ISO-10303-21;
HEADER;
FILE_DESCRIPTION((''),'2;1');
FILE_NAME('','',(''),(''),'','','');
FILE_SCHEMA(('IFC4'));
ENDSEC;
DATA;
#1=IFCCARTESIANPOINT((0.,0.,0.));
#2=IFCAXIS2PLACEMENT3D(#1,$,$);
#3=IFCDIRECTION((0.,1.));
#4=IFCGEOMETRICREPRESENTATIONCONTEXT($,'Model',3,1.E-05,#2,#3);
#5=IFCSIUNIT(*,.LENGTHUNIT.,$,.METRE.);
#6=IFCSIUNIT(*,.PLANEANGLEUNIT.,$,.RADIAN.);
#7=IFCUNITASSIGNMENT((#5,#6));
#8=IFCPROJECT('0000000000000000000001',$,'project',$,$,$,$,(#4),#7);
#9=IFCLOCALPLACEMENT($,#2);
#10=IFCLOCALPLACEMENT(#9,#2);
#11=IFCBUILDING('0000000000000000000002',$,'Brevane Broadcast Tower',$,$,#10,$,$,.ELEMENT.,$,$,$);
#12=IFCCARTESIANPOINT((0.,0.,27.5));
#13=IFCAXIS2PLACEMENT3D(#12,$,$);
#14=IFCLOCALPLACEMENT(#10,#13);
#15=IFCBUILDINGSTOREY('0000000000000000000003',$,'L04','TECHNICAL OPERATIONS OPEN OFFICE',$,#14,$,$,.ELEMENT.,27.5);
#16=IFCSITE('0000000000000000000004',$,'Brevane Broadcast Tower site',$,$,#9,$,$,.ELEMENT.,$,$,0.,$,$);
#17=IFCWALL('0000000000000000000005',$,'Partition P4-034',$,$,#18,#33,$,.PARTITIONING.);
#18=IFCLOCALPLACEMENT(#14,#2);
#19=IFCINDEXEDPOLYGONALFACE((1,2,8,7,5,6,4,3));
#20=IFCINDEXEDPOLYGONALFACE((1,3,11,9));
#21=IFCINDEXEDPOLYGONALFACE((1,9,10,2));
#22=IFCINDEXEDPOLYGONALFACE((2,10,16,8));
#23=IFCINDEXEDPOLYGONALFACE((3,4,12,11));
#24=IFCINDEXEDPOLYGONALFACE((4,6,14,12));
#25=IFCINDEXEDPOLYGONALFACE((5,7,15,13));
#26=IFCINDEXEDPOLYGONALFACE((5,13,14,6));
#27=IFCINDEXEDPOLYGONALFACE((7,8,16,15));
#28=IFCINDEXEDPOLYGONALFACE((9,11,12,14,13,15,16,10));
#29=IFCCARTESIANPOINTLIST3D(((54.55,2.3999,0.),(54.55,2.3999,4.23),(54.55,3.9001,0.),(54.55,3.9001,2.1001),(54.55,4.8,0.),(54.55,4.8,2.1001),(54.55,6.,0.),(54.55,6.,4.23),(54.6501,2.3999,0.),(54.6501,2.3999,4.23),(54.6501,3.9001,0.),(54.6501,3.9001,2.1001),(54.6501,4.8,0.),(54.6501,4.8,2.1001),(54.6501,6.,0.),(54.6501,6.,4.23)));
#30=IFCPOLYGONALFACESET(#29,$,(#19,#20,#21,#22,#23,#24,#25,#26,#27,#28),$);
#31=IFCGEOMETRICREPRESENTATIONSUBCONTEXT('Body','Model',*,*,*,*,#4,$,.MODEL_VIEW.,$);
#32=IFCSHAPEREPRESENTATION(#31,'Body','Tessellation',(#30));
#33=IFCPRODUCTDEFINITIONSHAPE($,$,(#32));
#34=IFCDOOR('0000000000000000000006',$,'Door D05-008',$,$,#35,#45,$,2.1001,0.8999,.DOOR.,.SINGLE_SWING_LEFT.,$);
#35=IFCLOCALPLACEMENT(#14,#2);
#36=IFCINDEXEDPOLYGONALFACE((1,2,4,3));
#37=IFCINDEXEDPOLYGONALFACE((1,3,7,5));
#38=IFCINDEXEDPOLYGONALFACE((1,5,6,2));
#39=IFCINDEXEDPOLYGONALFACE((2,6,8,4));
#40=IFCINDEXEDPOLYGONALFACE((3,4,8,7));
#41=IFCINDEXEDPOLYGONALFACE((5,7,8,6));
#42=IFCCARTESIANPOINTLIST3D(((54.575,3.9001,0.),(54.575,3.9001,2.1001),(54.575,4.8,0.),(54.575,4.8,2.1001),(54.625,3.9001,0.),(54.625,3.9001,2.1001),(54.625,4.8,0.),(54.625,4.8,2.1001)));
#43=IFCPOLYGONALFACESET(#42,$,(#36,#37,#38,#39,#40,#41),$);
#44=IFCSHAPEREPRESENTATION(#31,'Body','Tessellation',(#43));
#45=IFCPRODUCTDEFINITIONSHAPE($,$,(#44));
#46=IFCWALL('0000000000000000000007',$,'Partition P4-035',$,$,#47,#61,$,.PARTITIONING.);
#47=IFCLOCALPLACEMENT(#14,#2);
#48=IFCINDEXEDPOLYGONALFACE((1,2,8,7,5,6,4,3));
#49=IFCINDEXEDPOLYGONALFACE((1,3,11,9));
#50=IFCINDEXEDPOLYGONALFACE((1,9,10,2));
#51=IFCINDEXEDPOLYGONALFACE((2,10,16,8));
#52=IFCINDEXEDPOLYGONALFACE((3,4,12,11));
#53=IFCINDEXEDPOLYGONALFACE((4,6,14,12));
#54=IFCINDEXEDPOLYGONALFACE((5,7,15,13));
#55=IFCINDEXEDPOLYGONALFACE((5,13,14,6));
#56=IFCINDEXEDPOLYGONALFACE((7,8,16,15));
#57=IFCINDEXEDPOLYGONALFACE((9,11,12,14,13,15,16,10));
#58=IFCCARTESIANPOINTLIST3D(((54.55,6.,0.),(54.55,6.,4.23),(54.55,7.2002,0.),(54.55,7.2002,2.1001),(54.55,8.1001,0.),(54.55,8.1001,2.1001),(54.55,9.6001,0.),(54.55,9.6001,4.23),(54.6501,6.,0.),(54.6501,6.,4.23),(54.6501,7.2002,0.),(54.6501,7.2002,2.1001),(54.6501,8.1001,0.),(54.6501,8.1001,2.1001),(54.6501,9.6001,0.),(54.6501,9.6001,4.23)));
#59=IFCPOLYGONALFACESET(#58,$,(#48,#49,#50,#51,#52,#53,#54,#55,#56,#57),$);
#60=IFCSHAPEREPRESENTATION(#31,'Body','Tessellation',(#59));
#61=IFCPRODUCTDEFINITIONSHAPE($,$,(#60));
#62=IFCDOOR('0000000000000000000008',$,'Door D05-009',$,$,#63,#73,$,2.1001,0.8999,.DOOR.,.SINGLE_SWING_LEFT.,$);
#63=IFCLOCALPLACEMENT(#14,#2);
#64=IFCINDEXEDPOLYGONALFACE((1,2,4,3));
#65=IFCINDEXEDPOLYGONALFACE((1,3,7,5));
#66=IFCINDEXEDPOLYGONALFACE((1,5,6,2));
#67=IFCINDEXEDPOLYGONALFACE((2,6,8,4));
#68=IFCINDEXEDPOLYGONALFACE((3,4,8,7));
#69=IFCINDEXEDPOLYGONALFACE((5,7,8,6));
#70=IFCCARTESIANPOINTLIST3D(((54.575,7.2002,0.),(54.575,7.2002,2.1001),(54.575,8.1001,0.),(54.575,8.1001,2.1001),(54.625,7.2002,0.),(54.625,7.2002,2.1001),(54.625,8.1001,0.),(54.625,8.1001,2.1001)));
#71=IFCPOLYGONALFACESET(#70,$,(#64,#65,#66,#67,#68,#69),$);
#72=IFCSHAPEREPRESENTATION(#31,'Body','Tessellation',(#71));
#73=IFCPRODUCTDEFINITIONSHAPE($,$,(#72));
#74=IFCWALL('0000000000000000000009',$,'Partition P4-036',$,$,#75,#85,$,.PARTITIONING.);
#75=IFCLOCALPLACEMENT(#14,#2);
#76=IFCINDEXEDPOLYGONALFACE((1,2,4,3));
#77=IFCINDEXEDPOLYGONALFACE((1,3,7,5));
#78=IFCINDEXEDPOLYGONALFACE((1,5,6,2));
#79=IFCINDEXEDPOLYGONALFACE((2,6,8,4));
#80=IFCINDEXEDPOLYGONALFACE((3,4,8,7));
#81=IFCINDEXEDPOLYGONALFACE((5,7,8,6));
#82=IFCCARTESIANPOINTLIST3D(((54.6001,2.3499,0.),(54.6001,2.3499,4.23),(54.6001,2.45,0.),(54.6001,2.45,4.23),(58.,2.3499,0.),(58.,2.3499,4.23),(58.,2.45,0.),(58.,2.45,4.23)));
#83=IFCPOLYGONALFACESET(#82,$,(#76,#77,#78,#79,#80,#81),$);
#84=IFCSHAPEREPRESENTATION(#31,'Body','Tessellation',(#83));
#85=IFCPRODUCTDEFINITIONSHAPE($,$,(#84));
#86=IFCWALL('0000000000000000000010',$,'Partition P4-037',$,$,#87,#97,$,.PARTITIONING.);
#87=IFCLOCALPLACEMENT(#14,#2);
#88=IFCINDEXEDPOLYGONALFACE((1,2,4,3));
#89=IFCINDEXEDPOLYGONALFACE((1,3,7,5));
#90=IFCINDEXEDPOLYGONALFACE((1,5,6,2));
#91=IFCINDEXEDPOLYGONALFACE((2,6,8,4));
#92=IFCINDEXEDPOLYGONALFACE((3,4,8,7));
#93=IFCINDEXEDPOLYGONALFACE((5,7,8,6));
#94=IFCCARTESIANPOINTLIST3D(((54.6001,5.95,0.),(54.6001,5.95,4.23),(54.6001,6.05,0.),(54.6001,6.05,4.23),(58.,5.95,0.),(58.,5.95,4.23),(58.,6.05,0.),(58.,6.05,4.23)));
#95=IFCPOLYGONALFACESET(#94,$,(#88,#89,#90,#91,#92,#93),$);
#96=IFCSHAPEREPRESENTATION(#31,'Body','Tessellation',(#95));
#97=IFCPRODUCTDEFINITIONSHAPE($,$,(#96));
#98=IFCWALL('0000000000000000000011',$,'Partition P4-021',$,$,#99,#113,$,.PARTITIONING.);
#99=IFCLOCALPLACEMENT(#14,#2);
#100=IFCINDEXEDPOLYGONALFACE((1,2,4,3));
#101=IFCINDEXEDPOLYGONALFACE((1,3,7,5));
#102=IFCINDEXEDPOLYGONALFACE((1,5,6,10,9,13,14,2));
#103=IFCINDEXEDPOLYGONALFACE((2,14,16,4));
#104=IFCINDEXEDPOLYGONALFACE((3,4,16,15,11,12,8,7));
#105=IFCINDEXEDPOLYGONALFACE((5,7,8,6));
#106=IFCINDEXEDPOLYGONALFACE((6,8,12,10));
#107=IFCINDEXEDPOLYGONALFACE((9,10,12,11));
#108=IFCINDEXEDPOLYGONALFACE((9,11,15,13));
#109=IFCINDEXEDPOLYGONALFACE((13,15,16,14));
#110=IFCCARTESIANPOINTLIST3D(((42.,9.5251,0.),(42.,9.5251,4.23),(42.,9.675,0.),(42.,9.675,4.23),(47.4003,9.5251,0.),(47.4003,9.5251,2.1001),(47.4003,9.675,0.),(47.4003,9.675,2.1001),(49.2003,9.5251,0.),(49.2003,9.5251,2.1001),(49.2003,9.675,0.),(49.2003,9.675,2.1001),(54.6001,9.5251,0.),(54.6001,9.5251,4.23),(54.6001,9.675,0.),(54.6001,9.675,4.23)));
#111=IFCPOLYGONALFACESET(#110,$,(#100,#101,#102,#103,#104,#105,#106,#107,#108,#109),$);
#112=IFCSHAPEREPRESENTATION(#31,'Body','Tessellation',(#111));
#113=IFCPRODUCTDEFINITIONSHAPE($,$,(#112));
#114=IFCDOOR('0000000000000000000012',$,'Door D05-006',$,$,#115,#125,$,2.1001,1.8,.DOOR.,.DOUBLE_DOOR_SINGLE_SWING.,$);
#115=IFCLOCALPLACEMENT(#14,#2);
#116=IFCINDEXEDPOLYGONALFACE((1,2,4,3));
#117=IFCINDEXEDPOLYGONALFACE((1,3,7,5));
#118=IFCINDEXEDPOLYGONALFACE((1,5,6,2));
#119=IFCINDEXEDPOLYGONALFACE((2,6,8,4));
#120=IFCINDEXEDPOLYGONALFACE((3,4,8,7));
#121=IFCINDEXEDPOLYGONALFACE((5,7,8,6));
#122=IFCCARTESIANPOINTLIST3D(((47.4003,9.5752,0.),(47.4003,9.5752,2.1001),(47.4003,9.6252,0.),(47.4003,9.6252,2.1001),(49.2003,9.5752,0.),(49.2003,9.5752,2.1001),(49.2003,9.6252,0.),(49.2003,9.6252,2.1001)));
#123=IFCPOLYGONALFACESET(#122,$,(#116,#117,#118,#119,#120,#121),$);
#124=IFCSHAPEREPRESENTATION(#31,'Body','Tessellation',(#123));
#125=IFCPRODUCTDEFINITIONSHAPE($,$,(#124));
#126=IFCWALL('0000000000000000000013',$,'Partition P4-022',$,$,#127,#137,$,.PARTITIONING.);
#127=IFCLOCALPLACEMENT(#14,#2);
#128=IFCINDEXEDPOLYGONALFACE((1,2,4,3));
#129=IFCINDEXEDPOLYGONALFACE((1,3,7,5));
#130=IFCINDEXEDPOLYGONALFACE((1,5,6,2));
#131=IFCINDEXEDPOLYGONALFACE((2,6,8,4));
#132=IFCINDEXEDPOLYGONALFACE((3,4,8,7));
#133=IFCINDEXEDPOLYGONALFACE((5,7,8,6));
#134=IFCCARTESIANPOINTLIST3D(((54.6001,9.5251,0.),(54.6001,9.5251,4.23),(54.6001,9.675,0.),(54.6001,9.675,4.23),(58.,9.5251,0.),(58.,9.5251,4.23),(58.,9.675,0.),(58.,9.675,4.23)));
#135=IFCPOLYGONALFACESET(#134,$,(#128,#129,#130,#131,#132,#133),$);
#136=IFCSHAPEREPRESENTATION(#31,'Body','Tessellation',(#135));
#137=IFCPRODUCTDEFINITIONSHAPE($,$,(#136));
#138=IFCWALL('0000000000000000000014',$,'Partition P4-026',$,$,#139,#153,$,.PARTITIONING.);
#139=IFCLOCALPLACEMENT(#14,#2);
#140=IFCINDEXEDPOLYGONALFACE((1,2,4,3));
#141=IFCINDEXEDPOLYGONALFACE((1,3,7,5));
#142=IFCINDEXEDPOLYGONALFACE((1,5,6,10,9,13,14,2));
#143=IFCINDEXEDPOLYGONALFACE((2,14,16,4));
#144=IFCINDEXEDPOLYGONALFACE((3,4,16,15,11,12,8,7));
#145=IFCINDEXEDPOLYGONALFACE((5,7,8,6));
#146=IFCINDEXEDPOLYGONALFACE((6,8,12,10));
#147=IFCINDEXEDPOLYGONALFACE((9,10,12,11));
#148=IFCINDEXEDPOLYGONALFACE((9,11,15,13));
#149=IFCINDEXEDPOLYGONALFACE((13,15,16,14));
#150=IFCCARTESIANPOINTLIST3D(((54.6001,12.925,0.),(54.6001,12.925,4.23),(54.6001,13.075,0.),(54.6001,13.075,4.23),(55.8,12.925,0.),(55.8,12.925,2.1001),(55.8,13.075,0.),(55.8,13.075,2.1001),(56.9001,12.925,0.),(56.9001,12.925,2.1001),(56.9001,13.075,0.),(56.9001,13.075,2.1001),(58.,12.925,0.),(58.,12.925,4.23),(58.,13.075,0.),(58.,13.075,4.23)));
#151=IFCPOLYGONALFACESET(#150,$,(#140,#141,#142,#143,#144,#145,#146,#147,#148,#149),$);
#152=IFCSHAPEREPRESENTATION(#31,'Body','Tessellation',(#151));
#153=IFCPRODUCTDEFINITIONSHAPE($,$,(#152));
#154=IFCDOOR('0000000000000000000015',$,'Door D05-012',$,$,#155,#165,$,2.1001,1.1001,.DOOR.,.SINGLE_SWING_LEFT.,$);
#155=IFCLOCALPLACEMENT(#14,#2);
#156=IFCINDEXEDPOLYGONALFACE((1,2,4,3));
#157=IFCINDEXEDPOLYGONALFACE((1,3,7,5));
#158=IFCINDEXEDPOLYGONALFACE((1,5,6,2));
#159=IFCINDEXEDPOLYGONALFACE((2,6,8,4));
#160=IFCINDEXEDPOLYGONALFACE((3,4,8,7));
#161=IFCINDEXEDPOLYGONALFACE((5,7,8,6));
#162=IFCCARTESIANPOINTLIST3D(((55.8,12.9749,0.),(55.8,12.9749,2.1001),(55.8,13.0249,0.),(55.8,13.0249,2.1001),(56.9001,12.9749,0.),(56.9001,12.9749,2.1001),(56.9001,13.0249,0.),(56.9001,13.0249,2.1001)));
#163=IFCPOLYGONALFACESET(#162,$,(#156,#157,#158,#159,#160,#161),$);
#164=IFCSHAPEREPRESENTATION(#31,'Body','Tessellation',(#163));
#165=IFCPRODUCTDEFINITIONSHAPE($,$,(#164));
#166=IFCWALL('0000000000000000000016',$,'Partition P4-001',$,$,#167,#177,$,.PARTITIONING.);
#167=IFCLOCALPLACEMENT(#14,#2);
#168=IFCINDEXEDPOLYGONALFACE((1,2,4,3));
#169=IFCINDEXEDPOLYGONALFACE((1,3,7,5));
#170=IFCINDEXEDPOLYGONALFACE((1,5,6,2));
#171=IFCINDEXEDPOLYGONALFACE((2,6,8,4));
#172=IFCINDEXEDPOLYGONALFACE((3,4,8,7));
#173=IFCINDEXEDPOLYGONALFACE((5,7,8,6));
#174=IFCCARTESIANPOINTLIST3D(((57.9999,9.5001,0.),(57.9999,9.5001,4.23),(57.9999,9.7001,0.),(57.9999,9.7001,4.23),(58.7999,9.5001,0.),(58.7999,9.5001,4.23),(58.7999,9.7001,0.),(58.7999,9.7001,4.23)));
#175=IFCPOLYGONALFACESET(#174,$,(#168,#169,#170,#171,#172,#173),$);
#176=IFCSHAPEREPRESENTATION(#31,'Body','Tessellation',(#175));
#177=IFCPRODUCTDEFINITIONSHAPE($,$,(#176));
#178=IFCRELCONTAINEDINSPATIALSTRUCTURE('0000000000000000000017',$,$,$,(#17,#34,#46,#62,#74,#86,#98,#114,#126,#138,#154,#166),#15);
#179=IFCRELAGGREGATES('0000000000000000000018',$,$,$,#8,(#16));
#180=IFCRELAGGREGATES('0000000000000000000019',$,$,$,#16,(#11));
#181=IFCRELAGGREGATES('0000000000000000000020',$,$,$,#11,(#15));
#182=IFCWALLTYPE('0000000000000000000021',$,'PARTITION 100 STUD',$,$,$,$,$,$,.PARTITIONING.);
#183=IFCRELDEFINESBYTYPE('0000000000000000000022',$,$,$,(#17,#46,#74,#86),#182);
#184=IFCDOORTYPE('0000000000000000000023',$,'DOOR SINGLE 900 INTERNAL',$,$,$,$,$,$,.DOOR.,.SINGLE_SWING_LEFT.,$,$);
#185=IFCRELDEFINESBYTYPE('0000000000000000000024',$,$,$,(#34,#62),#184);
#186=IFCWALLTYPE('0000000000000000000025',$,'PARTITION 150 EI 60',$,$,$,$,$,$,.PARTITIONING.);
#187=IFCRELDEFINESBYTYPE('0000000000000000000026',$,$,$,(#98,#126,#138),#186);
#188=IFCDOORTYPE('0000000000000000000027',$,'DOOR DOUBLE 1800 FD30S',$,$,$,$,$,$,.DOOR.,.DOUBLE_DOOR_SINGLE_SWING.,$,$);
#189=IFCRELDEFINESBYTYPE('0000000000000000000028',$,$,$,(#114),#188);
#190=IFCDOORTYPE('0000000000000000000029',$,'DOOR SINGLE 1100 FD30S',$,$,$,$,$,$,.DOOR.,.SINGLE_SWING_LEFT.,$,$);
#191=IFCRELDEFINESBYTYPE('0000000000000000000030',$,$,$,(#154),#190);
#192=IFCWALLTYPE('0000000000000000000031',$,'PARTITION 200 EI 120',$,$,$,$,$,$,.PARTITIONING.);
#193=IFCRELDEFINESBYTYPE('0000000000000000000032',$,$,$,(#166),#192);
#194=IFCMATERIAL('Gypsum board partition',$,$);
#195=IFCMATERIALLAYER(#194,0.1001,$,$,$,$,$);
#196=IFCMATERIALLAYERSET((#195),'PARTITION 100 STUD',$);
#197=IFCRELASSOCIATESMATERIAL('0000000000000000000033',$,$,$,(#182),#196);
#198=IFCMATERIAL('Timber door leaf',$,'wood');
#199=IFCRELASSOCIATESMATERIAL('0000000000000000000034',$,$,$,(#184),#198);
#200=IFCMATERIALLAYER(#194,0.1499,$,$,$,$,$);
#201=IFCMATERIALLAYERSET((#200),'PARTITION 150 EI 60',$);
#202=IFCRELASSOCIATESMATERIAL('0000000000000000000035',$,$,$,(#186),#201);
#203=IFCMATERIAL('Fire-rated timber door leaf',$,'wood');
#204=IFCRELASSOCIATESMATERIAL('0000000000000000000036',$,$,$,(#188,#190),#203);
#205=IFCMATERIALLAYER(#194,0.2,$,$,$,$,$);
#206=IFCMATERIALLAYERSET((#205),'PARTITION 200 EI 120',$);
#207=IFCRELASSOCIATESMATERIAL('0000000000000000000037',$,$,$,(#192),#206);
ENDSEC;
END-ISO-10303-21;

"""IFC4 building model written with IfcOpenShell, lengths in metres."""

from ifc_helpers import new_model, si_unit, direction, frame, frame_2d, origin, place, context, subcontext, project, spatial, rectangle, extrude, material, layer, layer_set, type_object, element, fill, save


model = new_model("IFC4")

# Units and contexts
model_context = context("Model", 3, precision=1e-05, world=origin(), true_north=direction((0.0, 1.0)))
body_context = subcontext(model_context, "Body", "Model", "MODEL_VIEW")
ifc_project = project(units=[si_unit("LENGTHUNIT", "METRE"), si_unit("PLANEANGLEUNIT", "RADIAN")], contexts=[model_context])

# Site, building, storey
site_placement = place(None, origin())
site = spatial("IfcSite", under=ifc_project, at=site_placement, Name="Brevane Broadcast Tower site", CompositionType="ELEMENT", RefElevation=0.0)
building_placement = place(site_placement, origin())
building = spatial("IfcBuilding", under=site, at=building_placement, Name="Brevane Broadcast Tower", CompositionType="ELEMENT")
storey_placement = place(building_placement, frame((0.0, 0.0, 27.5)))
storey = spatial("IfcBuildingStorey", under=building, at=storey_placement, Name="L04", Description="TECHNICAL OPERATIONS OPEN OFFICE", CompositionType="ELEMENT", Elevation=27.5)

# Walls, openings, doors
ifc_material_1 = material(Name="Gypsum board partition")
ifc_layer_1 = layer(ifc_material_1, 0.1001)
ifc_layer_set_1 = layer_set([ifc_layer_1], Name="PARTITION 100 STUD")
wall_type_1 = type_object("IfcWallType", Name="PARTITION 100 STUD", PredefinedType="PARTITIONING", material=ifc_layer_set_1)
ifc_material_2 = material(Name="Timber door leaf", Category="wood")
door_type_1 = type_object("IfcDoorType", Name="DOOR SINGLE 900 INTERNAL", OperationType="SINGLE_SWING_LEFT", PredefinedType="DOOR", material=ifc_material_2)
wall_1_placement = place(storey_placement, frame((54.6001, 6.0, 0.0), z_axis=(0.0, 0.0, 1.0), x_axis=(0.0, -1.0, 0.0)))
wall_1 = element("IfcWall", 1, at=wall_1_placement, inside=storey, type_object=wall_type_1, Name="Partition P4-034", PredefinedType="PARTITIONING", context=body_context, shape_type="SweptSolid", body=[
    extrude(rectangle(XDim=3.6001, YDim=0.1001, at=frame_2d((1.8, 0.0))), origin(), (0.0, 0.0, 1.0), 4.23),
])
opening_1_placement = place(wall_1_placement, frame((1.2, 0.0, 0.0)))
opening_1 = element("IfcOpeningElement", 2, at=opening_1_placement, cuts=wall_1, PredefinedType="OPENING", context=body_context, shape_type="SweptSolid", body=[
    extrude(rectangle(XDim=0.8999, YDim=2.1001, at=frame_2d((0.45, 1.05))), frame((0.0, 0.0601, 0.0), z_axis=(0.0, -1.0, 0.0), x_axis=(1.0, 0.0, 0.0)), (0.0, 0.0, 1.0), 0.1201),
])
door_1_placement = place(opening_1_placement, origin())
door_1 = element("IfcDoor", 3, at=door_1_placement, inside=storey, type_object=door_type_1, Name="Door D05-008", OperationType="SINGLE_SWING_LEFT", OverallHeight=2.1001, OverallWidth=0.8999, PredefinedType="DOOR", context=body_context, shape_type="SweptSolid", body=[
    extrude(rectangle(XDim=0.8999, YDim=2.1001, at=frame_2d((0.45, 1.05))), frame((0.0, 0.0249, 0.0), z_axis=(0.0, -1.0, 0.0), x_axis=(1.0, 0.0, 0.0)), (0.0, 0.0, 1.0), 0.05),
])
fill(opening_1, door_1)
wall_2_placement = place(storey_placement, frame((54.6001, 9.6001, 0.0), z_axis=(0.0, 0.0, 1.0), x_axis=(0.0, -1.0, 0.0)))
wall_2 = element("IfcWall", 4, at=wall_2_placement, inside=storey, type_object=wall_type_1, Name="Partition P4-035", PredefinedType="PARTITIONING", context=body_context, shape_type="SweptSolid", body=[
    extrude(rectangle(XDim=3.6001, YDim=0.1001, at=frame_2d((1.8, 0.0))), origin(), (0.0, 0.0, 1.0), 4.23),
])
opening_2_placement = place(wall_2_placement, frame((1.5, 0.0, 0.0)))
opening_2 = element("IfcOpeningElement", 5, at=opening_2_placement, cuts=wall_2, PredefinedType="OPENING", context=body_context, shape_type="SweptSolid", body=[
    extrude(rectangle(XDim=0.8999, YDim=2.1001, at=frame_2d((0.45, 1.05))), frame((0.0, 0.0601, 0.0), z_axis=(0.0, -1.0, 0.0), x_axis=(1.0, 0.0, 0.0)), (0.0, 0.0, 1.0), 0.1201),
])
door_2_placement = place(opening_2_placement, origin())
door_2 = element("IfcDoor", 6, at=door_2_placement, inside=storey, type_object=door_type_1, Name="Door D05-009", OperationType="SINGLE_SWING_LEFT", OverallHeight=2.1001, OverallWidth=0.8999, PredefinedType="DOOR", context=body_context, shape_type="SweptSolid", body=[
    extrude(rectangle(XDim=0.8999, YDim=2.1001, at=frame_2d((0.45, 1.05))), frame((0.0, 0.0249, 0.0), z_axis=(0.0, -1.0, 0.0), x_axis=(1.0, 0.0, 0.0)), (0.0, 0.0, 1.0), 0.05),
])
fill(opening_2, door_2)

# Walls
for number, where, z_axis, x_axis, name in (
    (7, (54.6001, 2.3999, 0.0), (0.0, 0.0, 1.0), (1.0, 0.0, 0.0), "Partition P4-036"),
    (8, (54.6001, 6.0, 0.0), (0.0, 0.0, 1.0), (1.0, 0.0, 0.0), "Partition P4-037"),
):
    element("IfcWall", number, at=place(storey_placement, frame(where, z_axis=z_axis, x_axis=x_axis)), inside=storey, type_object=wall_type_1, Name=name, PredefinedType="PARTITIONING", context=body_context, shape_type="SweptSolid", body=[
        extrude(rectangle(XDim=3.3999, YDim=0.1001, at=frame_2d((1.7, 0.0))), origin(), (0.0, 0.0, 1.0), 4.23),
    ])

# Wall, opening, door
ifc_layer_2 = layer(ifc_material_1, 0.1499)
ifc_layer_set_2 = layer_set([ifc_layer_2], Name="PARTITION 150 EI 60")
wall_type_2 = type_object("IfcWallType", Name="PARTITION 150 EI 60", PredefinedType="PARTITIONING", material=ifc_layer_set_2)
wall_3_placement = place(storey_placement, frame((54.6001, 9.6001, 0.0), z_axis=(0.0, 0.0, 1.0), x_axis=(-1.0, 0.0, 0.0)))
wall_3 = element("IfcWall", 9, at=wall_3_placement, inside=storey, type_object=wall_type_2, Name="Partition P4-021", PredefinedType="PARTITIONING", context=body_context, shape_type="SweptSolid", body=[
    extrude(rectangle(XDim=12.6001, YDim=0.1499, at=frame_2d((6.3, 0.0))), origin(), (0.0, 0.0, 1.0), 4.23),
])
opening_3_placement = place(wall_3_placement, frame((5.3999, 0.0, 0.0)))
opening_3 = element("IfcOpeningElement", 10, at=opening_3_placement, cuts=wall_3, PredefinedType="OPENING", context=body_context, shape_type="SweptSolid", body=[
    extrude(rectangle(XDim=1.8, YDim=2.1001, at=frame_2d((0.8999, 1.05))), frame((0.0, 0.085, 0.0), z_axis=(0.0, -1.0, 0.0), x_axis=(1.0, 0.0, 0.0)), (0.0, 0.0, 1.0), 0.1699),
])
ifc_material_3 = material(Name="Fire-rated timber door leaf", Category="wood")
door_type_2 = type_object("IfcDoorType", Name="DOOR DOUBLE 1800 FD30S", OperationType="DOUBLE_DOOR_SINGLE_SWING", PredefinedType="DOOR", material=ifc_material_3)
door_3_placement = place(opening_3_placement, origin())
door_3 = element("IfcDoor", 11, at=door_3_placement, inside=storey, type_object=door_type_2, Name="Door D05-006", OperationType="DOUBLE_DOOR_SINGLE_SWING", OverallHeight=2.1001, OverallWidth=1.8, PredefinedType="DOOR", context=body_context, shape_type="SweptSolid", body=[
    extrude(rectangle(XDim=1.8, YDim=2.1001, at=frame_2d((0.8999, 1.05))), frame((0.0, 0.0249, 0.0), z_axis=(0.0, -1.0, 0.0), x_axis=(1.0, 0.0, 0.0)), (0.0, 0.0, 1.0), 0.05),
])
fill(opening_3, door_3)

# Wall
wall_4_placement = place(storey_placement, frame((58.0, 9.6001, 0.0), z_axis=(0.0, 0.0, 1.0), x_axis=(-1.0, 0.0, 0.0)))
element("IfcWall", 12, at=wall_4_placement, inside=storey, type_object=wall_type_2, Name="Partition P4-022", PredefinedType="PARTITIONING", context=body_context, shape_type="SweptSolid", body=[
    extrude(rectangle(XDim=3.3999, YDim=0.1499, at=frame_2d((1.7, 0.0))), origin(), (0.0, 0.0, 1.0), 4.23),
])

# Wall, opening, door
wall_5_placement = place(storey_placement, frame((54.6001, 13.0, 0.0), z_axis=(0.0, 0.0, 1.0), x_axis=(1.0, 0.0, 0.0)))
wall_5 = element("IfcWall", 13, at=wall_5_placement, inside=storey, type_object=wall_type_2, Name="Partition P4-026", PredefinedType="PARTITIONING", context=body_context, shape_type="SweptSolid", body=[
    extrude(rectangle(XDim=3.3999, YDim=0.1499, at=frame_2d((1.7, 0.0))), origin(), (0.0, 0.0, 1.0), 4.23),
])
opening_4_placement = place(wall_5_placement, frame((1.2, 0.0, 0.0)))
opening_4 = element("IfcOpeningElement", 14, at=opening_4_placement, cuts=wall_5, PredefinedType="OPENING", context=body_context, shape_type="SweptSolid", body=[
    extrude(rectangle(XDim=1.1001, YDim=2.1001, at=frame_2d((0.55, 1.05))), frame((0.0, 0.085, 0.0), z_axis=(0.0, -1.0, 0.0), x_axis=(1.0, 0.0, 0.0)), (0.0, 0.0, 1.0), 0.1699),
])
door_type_3 = type_object("IfcDoorType", Name="DOOR SINGLE 1100 FD30S", OperationType="SINGLE_SWING_LEFT", PredefinedType="DOOR", material=ifc_material_3)
door_4_placement = place(opening_4_placement, origin())
door_4 = element("IfcDoor", 15, at=door_4_placement, inside=storey, type_object=door_type_3, Name="Door D05-012", OperationType="SINGLE_SWING_LEFT", OverallHeight=2.1001, OverallWidth=1.1001, PredefinedType="DOOR", context=body_context, shape_type="SweptSolid", body=[
    extrude(rectangle(XDim=1.1001, YDim=2.1001, at=frame_2d((0.55, 1.05))), frame((0.0, 0.0249, 0.0), z_axis=(0.0, -1.0, 0.0), x_axis=(1.0, 0.0, 0.0)), (0.0, 0.0, 1.0), 0.05),
])
fill(opening_4, door_4)

# Wall
ifc_layer_3 = layer(ifc_material_1, 0.2)
ifc_layer_set_3 = layer_set([ifc_layer_3], Name="PARTITION 200 EI 120")
wall_type_3 = type_object("IfcWallType", Name="PARTITION 200 EI 120", PredefinedType="PARTITIONING", material=ifc_layer_set_3)
wall_6_placement = place(storey_placement, frame((58.0, 9.6001, 0.0), z_axis=(0.0, 0.0, 1.0), x_axis=(1.0, 0.0, 0.0)))
element("IfcWall", 16, at=wall_6_placement, inside=storey, type_object=wall_type_3, Name="Partition P4-001", PredefinedType="PARTITIONING", context=body_context, shape_type="SweptSolid", body=[
    extrude(rectangle(XDim=0.8, YDim=0.2, at=frame_2d((0.3999, 0.0))), origin(), (0.0, 0.0, 1.0), 4.23),
])

save(model, "model.ifc")
